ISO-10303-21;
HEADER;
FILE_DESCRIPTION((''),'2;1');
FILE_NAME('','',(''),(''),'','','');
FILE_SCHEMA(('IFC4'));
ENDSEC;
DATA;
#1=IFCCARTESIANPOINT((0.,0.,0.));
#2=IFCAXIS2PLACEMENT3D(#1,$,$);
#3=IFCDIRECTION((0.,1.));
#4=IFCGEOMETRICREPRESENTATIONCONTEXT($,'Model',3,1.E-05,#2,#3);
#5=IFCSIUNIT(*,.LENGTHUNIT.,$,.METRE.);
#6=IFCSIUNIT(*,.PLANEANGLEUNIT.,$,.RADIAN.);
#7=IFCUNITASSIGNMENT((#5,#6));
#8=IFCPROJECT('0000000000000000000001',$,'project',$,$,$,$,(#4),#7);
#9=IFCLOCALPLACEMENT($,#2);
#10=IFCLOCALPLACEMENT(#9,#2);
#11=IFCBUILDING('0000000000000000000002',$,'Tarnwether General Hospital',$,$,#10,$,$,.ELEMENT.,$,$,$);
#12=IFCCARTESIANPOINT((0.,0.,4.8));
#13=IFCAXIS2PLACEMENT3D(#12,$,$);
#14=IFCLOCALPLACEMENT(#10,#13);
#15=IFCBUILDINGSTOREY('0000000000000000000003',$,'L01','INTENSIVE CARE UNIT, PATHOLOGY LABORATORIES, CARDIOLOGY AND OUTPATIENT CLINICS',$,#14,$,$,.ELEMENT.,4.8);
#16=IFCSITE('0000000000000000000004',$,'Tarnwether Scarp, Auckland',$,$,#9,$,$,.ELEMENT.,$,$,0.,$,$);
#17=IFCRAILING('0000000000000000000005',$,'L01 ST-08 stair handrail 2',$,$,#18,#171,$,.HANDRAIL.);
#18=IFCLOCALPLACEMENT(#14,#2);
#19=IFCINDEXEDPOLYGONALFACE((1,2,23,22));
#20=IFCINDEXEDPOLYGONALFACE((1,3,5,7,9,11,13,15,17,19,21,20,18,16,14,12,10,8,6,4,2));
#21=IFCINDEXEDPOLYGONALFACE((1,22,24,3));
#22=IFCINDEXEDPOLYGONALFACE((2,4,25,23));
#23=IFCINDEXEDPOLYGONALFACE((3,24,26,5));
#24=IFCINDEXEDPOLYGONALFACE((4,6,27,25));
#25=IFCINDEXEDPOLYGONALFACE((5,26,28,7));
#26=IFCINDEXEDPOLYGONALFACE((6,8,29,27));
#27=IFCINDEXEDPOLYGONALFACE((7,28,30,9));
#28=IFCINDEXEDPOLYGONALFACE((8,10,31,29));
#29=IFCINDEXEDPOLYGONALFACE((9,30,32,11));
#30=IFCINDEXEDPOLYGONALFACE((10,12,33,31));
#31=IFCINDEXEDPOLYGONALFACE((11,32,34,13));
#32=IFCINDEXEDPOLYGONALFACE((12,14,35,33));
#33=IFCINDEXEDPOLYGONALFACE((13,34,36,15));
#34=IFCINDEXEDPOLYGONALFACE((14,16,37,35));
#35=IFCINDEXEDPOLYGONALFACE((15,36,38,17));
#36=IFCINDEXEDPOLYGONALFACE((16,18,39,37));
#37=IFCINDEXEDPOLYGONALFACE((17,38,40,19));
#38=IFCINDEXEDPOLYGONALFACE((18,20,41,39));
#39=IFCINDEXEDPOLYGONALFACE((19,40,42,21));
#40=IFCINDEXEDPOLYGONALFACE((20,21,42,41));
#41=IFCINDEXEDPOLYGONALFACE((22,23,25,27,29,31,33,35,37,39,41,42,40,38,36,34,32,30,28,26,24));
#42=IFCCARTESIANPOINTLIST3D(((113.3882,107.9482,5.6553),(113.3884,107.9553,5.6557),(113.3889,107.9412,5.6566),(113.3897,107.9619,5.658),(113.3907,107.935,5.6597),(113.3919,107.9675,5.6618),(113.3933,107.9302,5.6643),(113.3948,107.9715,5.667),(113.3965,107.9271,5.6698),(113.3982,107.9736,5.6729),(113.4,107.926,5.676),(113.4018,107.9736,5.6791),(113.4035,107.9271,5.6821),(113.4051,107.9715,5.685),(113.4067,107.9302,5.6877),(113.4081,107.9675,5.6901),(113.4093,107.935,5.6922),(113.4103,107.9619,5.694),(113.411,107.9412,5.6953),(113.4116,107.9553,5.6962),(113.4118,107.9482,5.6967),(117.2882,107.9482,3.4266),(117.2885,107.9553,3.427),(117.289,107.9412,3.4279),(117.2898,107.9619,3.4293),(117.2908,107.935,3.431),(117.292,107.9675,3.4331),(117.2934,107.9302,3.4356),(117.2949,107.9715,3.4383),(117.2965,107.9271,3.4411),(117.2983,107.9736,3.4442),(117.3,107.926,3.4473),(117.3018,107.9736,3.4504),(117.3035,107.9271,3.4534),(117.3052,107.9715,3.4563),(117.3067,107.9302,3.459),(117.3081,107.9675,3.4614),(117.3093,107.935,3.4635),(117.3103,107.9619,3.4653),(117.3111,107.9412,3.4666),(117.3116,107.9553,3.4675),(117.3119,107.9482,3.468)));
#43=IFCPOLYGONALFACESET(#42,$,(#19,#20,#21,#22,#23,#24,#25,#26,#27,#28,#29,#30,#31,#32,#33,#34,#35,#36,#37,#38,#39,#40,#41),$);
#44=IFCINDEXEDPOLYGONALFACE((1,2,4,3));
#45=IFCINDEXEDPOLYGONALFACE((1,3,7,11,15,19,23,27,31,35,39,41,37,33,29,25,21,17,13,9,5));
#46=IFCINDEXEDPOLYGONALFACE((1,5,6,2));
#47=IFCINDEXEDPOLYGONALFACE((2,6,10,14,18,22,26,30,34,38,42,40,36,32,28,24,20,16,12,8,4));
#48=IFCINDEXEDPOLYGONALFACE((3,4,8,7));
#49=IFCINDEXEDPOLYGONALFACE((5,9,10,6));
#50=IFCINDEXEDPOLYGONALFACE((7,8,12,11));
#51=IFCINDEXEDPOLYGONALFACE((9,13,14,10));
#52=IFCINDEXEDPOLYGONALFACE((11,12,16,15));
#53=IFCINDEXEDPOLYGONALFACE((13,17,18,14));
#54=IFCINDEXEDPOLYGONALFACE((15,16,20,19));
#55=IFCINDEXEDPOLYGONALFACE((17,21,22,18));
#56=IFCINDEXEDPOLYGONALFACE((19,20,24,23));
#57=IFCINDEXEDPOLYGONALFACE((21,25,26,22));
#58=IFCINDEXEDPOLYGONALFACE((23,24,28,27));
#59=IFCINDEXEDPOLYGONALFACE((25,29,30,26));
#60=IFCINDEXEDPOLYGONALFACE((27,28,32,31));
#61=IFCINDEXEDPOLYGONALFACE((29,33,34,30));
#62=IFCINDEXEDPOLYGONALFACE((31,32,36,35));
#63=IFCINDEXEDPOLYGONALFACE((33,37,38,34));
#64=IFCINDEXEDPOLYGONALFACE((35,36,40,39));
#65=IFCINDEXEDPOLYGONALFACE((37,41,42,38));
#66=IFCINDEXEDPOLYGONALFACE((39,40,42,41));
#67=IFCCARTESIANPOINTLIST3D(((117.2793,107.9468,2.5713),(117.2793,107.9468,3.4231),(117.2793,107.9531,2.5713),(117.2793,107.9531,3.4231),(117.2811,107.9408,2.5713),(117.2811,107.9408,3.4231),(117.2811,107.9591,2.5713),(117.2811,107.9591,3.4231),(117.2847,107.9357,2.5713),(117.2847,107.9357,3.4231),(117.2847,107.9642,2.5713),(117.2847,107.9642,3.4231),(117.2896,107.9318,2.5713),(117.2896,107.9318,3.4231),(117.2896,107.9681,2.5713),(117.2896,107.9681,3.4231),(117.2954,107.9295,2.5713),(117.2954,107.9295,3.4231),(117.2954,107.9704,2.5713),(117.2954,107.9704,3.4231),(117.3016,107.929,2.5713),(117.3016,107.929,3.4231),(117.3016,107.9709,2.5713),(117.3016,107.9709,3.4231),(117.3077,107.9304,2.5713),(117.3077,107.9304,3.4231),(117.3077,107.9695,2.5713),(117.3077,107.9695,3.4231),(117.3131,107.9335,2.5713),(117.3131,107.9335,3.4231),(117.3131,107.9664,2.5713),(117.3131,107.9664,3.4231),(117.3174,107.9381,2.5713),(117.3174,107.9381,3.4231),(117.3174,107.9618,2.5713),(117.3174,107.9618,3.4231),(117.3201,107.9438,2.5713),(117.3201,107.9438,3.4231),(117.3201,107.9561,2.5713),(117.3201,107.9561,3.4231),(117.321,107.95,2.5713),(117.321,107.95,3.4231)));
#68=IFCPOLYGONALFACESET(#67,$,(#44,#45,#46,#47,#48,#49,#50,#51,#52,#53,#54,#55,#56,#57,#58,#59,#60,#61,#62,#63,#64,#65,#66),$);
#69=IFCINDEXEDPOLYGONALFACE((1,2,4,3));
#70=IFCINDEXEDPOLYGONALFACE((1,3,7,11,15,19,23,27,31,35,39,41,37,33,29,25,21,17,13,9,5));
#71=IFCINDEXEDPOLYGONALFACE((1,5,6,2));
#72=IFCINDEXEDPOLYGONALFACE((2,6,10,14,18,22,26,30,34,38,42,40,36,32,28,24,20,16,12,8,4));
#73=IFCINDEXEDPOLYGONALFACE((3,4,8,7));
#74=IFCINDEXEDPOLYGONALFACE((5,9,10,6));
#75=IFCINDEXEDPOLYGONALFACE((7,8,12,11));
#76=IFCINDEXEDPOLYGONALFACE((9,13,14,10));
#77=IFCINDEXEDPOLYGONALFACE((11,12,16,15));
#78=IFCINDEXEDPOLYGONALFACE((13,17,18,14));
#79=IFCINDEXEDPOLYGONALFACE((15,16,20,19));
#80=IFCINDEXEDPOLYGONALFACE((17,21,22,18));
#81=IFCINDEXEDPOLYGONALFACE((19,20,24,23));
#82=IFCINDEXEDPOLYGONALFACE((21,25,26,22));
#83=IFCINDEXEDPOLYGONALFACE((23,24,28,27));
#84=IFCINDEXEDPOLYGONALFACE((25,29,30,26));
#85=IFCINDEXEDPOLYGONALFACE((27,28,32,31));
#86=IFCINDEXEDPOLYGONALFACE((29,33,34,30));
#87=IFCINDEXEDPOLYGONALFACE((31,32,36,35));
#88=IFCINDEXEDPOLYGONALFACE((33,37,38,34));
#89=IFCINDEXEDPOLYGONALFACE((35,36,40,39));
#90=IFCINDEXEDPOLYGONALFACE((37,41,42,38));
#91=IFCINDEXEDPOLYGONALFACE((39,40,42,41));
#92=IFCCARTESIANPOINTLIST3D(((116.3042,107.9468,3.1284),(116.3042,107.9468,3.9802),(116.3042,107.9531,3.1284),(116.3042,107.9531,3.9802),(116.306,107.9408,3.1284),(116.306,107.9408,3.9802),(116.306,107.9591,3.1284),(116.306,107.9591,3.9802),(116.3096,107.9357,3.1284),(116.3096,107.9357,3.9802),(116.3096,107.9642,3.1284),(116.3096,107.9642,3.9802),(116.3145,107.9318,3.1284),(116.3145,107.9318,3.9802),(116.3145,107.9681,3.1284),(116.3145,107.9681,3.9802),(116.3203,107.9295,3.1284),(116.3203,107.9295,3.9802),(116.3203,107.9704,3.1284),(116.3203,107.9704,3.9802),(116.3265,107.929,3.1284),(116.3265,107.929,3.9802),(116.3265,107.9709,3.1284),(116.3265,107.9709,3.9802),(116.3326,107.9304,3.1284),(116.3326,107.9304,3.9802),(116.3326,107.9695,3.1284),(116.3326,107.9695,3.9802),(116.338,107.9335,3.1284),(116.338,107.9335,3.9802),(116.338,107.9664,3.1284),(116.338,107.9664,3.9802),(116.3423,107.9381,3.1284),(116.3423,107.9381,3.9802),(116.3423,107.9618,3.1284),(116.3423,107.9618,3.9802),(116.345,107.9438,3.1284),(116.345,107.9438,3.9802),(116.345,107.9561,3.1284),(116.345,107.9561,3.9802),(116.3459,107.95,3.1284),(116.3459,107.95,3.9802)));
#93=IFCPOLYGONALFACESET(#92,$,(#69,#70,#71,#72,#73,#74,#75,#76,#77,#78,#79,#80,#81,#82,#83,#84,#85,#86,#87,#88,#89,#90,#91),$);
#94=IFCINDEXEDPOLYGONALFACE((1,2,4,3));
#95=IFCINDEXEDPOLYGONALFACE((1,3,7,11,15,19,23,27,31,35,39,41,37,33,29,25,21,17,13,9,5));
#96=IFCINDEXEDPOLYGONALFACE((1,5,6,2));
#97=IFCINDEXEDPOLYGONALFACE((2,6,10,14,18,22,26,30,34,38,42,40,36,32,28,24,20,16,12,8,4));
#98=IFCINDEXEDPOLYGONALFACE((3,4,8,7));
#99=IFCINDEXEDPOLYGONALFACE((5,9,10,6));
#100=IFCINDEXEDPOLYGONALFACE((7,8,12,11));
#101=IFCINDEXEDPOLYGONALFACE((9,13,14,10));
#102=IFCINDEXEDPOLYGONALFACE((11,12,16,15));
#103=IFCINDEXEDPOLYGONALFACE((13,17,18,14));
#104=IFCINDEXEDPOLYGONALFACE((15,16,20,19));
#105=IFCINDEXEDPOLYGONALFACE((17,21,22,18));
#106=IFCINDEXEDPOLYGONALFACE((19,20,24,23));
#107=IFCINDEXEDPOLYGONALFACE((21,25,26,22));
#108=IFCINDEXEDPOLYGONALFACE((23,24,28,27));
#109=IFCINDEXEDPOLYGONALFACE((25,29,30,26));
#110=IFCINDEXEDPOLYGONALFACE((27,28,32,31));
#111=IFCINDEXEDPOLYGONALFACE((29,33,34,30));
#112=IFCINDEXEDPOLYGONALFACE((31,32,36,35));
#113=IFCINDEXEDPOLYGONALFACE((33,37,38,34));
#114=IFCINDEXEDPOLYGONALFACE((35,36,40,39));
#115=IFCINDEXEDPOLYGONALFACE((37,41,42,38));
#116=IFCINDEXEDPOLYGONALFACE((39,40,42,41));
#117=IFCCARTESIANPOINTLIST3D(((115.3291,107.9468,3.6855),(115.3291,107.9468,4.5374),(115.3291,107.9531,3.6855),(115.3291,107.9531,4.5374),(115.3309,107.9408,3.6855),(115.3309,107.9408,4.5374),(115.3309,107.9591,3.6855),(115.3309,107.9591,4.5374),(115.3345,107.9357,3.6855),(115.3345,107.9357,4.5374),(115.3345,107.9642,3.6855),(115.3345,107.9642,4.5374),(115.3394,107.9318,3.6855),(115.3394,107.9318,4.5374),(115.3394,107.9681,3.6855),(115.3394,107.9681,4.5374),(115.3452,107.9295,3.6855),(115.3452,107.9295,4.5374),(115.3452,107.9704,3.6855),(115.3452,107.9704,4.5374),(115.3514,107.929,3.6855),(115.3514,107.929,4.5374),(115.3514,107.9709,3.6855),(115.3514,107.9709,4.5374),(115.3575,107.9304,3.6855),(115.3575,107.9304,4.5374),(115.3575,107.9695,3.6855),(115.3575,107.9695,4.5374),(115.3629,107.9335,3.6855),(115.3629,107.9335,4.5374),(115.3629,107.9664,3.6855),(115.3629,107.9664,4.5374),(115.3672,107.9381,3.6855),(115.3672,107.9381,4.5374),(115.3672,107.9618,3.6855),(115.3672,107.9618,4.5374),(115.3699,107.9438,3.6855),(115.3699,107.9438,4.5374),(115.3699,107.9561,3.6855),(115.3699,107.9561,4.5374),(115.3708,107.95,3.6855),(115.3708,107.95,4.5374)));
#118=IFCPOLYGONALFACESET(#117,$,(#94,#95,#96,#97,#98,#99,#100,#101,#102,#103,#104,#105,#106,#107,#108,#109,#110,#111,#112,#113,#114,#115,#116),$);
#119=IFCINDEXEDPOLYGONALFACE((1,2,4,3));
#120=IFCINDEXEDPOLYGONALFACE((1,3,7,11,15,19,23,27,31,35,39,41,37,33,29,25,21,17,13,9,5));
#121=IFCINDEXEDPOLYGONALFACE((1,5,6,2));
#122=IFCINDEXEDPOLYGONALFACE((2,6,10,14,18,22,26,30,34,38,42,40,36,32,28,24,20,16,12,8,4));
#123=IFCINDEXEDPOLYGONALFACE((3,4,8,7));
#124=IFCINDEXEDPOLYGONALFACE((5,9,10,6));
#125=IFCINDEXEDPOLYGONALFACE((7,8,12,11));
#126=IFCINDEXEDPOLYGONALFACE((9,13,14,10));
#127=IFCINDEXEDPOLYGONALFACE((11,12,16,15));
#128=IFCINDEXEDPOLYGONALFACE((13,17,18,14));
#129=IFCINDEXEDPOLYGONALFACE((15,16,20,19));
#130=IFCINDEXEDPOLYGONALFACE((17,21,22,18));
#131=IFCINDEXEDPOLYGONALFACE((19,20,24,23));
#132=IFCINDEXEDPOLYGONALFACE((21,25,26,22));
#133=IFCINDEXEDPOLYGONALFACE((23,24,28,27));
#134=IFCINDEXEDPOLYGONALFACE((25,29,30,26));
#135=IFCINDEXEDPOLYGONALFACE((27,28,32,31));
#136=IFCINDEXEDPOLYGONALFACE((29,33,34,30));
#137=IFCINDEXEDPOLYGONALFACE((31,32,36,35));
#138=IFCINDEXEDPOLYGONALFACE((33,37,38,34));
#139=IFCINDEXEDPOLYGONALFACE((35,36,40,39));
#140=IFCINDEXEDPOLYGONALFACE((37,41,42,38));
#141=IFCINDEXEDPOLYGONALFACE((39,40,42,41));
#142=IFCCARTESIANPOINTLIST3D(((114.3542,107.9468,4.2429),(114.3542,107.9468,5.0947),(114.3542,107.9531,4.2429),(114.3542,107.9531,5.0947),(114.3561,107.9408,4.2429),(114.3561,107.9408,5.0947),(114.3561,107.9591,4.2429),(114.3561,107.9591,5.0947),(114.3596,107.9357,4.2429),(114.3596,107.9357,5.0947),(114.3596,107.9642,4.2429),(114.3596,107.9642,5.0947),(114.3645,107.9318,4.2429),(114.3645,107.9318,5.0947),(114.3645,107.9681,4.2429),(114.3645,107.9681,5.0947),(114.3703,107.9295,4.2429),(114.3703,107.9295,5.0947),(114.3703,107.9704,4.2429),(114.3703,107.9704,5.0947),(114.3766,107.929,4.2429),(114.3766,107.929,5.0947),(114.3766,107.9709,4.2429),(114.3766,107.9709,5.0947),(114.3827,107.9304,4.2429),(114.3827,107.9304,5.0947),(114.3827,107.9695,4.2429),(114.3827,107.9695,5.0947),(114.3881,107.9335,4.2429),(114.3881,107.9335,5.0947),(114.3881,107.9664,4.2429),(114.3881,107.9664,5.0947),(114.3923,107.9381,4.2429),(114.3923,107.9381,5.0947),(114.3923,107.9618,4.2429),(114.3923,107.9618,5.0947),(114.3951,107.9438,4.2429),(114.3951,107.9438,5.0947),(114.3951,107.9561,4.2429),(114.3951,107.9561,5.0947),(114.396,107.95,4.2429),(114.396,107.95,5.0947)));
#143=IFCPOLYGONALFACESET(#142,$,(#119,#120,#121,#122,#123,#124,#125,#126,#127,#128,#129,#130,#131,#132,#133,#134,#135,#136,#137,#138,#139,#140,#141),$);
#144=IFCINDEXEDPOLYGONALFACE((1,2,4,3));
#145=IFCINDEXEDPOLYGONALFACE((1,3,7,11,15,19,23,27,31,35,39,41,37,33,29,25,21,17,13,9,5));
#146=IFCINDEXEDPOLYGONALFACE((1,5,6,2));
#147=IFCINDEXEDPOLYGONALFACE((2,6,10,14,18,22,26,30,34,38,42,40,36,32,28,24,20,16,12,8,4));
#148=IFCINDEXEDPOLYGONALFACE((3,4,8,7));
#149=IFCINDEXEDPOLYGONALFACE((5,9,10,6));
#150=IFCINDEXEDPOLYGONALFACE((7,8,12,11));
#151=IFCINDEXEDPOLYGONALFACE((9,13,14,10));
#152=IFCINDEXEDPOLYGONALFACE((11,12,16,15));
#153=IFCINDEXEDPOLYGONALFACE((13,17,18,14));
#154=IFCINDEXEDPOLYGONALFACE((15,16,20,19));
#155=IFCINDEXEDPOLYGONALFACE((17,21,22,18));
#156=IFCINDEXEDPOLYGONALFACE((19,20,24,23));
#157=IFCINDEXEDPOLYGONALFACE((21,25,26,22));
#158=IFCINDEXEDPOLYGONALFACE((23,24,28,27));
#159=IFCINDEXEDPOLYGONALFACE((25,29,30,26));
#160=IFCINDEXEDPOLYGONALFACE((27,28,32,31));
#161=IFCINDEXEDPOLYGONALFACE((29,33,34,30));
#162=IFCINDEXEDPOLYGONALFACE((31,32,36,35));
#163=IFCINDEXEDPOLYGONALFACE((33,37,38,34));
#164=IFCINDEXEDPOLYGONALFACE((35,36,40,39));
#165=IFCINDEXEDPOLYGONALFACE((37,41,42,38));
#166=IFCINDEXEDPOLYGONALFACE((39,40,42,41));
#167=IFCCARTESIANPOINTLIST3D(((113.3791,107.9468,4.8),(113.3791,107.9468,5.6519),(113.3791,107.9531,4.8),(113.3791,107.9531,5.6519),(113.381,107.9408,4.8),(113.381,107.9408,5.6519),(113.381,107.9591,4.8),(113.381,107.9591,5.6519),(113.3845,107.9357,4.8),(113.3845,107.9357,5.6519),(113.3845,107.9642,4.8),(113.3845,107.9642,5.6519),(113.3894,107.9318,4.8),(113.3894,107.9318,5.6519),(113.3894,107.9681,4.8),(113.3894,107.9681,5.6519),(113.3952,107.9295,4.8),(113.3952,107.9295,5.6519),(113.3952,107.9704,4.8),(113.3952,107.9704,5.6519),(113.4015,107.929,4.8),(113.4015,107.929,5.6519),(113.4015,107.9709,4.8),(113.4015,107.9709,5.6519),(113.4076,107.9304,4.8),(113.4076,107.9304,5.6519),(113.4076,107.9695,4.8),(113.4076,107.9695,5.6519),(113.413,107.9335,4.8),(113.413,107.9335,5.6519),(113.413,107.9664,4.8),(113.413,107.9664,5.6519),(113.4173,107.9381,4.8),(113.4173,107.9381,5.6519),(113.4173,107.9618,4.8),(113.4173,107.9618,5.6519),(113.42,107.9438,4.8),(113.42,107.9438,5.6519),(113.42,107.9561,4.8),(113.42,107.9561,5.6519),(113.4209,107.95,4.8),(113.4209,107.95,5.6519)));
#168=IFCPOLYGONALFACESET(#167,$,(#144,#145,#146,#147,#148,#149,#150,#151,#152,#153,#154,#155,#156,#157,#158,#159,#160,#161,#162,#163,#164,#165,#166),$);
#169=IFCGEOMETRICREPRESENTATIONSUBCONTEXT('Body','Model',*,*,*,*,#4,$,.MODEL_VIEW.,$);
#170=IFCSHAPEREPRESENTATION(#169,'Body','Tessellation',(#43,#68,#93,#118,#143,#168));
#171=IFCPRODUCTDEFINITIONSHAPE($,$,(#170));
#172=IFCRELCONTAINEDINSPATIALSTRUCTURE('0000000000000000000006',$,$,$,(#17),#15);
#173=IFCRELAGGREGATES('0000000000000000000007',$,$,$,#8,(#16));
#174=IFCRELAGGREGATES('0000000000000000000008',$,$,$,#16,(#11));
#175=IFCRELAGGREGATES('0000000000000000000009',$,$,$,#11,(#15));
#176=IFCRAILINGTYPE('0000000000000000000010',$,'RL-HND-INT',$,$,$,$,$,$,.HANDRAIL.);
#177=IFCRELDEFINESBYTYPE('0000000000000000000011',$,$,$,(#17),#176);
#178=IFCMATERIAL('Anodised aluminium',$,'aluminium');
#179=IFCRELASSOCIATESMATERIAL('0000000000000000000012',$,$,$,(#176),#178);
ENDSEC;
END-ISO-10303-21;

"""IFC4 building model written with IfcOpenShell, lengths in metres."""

from ifc_helpers import new_model, si_unit, direction, frame, origin, origin_2d, place, context, subcontext, project, spatial, circle, extrude, material, type_object, element, save


model = new_model("IFC4")

# Units and contexts
model_context = context("Model", 3, precision=1e-05, world=origin(), true_north=direction((0.0, 1.0)))
body_context = subcontext(model_context, "Body", "Model", "MODEL_VIEW")
ifc_project = project(units=[si_unit("LENGTHUNIT", "METRE"), si_unit("PLANEANGLEUNIT", "RADIAN")], contexts=[model_context])

# Site, building, storey
site_placement = place(None, origin())
site = spatial("IfcSite", under=ifc_project, at=site_placement, Name="Tarnwether Scarp, Auckland", CompositionType="ELEMENT", RefElevation=0.0)
building_placement = place(site_placement, origin())
building = spatial("IfcBuilding", under=site, at=building_placement, Name="Tarnwether General Hospital", CompositionType="ELEMENT")
storey_placement = place(building_placement, frame((0.0, 0.0, 4.8)))
storey = spatial("IfcBuildingStorey", under=building, at=storey_placement, Name="L01", Description="INTENSIVE CARE UNIT, PATHOLOGY LABORATORIES, CARDIOLOGY AND OUTPATIENT CLINICS", CompositionType="ELEMENT", Elevation=4.8)

# Railing
ifc_material_1 = material(Name="Anodised aluminium", Category="aluminium")
railing_type_1 = type_object("IfcRailingType", Name="RL-HND-INT", PredefinedType="HANDRAIL", material=ifc_material_1)
railing_1_placement = place(storey_placement, frame((117.3, 107.95, 2.5713)))
element("IfcRailing", 1, at=railing_1_placement, inside=storey, type_object=railing_type_1, Name="L01 ST-08 stair handrail 2", PredefinedType="HANDRAIL", context=body_context, shape_type="SweptSolid", body=[
    extrude(circle(Radius=0.0239, at=origin_2d()), frame((0.0, 0.0, 0.876), z_axis=(-0.868233, 0.0, 0.496156), x_axis=(0.0, -1.0, 0.0)), (0.0, 0.0, 1.0), 4.4919),
    extrude(circle(Radius=0.021, at=origin_2d()), origin(), (0.0, 0.0, 1.0), 0.8518),
    extrude(circle(Radius=0.021, at=origin_2d()), frame((-0.9751, 0.0, 0.5571)), (0.0, 0.0, 1.0), 0.8518),
    extrude(circle(Radius=0.021, at=origin_2d()), frame((-1.9502, 0.0, 1.1143)), (0.0, 0.0, 1.0), 0.8518),
    extrude(circle(Radius=0.021, at=origin_2d()), frame((-2.925, 0.0, 1.6716)), (0.0, 0.0, 1.0), 0.8518),
    extrude(circle(Radius=0.021, at=origin_2d()), frame((-3.9001, 0.0, 2.2288)), (0.0, 0.0, 1.0), 0.8518),
])

save(model, "model.ifc")
